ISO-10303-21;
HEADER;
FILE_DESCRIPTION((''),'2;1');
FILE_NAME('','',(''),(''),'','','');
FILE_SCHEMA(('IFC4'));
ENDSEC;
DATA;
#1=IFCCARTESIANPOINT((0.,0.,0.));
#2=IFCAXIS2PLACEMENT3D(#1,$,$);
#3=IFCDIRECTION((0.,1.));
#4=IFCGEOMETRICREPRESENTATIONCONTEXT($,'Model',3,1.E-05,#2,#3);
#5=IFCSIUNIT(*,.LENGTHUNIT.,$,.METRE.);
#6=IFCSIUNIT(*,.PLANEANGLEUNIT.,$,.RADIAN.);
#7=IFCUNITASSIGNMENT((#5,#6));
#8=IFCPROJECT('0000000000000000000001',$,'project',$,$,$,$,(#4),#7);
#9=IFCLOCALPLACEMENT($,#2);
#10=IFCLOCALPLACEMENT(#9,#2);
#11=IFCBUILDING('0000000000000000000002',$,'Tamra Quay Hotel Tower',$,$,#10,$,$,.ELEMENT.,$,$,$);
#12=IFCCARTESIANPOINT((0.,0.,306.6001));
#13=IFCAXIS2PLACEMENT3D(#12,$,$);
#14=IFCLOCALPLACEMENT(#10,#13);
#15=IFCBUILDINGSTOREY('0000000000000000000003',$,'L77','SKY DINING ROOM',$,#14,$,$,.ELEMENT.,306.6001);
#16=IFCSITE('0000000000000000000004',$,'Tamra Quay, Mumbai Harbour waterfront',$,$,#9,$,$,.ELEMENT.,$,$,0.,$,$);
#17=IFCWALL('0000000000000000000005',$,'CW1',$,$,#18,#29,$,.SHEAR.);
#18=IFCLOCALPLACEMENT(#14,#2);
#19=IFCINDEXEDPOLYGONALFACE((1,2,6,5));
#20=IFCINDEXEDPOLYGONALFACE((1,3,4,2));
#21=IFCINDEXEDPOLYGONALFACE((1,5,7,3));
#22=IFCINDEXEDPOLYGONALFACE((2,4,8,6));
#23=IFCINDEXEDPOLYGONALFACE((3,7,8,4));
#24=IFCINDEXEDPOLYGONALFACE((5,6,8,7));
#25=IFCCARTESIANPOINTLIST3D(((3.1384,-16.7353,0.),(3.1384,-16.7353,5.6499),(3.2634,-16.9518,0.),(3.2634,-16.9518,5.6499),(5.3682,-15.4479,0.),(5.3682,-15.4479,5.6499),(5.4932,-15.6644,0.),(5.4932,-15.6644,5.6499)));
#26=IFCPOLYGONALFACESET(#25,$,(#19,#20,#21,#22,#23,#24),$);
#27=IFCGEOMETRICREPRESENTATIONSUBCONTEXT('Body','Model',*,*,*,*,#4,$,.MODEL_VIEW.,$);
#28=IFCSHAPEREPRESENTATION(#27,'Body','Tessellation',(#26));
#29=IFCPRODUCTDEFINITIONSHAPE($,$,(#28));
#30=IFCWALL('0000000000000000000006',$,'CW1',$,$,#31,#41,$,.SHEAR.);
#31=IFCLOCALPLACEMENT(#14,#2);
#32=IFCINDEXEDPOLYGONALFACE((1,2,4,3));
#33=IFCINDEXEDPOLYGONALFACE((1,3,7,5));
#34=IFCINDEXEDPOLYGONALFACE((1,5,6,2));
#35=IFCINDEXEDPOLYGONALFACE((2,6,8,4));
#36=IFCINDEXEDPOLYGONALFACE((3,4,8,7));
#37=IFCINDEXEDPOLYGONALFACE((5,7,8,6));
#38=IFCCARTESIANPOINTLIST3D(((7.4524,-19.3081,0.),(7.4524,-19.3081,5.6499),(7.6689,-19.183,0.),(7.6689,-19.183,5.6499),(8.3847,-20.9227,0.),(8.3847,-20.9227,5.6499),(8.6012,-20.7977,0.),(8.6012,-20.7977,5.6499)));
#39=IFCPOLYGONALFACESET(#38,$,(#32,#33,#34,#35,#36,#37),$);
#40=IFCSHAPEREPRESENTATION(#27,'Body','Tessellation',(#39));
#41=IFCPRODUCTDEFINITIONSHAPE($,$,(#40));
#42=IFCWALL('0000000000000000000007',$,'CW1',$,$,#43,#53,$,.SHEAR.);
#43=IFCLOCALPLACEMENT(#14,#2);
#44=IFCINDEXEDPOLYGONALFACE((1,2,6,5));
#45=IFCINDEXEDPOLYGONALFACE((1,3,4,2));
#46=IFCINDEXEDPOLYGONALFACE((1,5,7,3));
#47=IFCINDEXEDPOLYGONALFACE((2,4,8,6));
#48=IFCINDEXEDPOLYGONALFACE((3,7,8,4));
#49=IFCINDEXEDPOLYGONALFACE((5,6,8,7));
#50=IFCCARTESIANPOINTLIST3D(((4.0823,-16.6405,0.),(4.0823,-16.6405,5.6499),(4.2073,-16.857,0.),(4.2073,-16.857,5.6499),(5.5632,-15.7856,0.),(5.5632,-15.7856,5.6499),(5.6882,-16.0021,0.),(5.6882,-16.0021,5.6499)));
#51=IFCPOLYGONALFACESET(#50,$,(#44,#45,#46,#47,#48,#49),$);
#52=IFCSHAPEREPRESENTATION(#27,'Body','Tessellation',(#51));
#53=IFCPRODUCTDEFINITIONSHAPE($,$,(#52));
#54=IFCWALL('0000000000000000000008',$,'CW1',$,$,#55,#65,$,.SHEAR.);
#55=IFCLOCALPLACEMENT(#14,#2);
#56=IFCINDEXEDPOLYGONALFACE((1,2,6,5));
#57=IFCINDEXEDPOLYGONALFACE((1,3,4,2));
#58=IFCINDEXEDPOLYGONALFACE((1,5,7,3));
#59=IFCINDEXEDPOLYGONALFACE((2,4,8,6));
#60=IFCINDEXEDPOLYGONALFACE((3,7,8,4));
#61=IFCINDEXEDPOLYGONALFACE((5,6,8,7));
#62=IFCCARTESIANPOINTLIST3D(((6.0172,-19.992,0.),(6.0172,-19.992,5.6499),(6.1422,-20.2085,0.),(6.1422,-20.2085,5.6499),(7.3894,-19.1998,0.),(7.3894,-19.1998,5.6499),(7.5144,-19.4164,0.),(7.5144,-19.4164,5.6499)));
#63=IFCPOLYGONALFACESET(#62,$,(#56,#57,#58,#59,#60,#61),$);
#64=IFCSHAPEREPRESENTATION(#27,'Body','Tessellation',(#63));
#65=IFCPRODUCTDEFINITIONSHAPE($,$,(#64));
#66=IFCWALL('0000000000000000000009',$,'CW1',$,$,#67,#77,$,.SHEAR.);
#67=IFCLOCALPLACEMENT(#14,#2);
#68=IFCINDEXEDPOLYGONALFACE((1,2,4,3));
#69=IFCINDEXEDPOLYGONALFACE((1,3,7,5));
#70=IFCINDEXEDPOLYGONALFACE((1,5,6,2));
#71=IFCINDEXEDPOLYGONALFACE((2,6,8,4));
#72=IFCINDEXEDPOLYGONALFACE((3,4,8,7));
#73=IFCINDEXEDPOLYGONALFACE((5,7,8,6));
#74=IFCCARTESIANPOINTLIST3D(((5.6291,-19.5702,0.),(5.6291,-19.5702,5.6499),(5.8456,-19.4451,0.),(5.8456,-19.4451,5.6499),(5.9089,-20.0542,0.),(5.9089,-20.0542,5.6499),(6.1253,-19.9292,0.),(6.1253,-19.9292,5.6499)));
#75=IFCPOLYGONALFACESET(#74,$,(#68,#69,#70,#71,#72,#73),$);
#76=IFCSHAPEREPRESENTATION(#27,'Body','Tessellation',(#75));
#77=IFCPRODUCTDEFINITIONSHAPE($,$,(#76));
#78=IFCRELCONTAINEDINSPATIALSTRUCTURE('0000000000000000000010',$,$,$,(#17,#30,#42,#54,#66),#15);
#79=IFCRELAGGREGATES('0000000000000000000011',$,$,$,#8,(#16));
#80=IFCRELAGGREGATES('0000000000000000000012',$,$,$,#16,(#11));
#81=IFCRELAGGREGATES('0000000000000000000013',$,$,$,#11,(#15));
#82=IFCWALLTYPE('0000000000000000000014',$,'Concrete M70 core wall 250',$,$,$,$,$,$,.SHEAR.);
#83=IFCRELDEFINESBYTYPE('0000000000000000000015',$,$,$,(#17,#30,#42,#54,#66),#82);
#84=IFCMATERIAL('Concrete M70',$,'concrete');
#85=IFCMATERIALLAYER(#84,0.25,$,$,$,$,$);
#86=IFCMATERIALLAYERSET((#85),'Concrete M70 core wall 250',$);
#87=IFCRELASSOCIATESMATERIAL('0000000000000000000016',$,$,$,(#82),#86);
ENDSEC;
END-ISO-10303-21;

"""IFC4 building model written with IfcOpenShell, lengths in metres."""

from ifc_helpers import new_model, si_unit, direction, frame, frame_2d, origin, place, context, subcontext, project, spatial, rectangle, extrude, material, layer, layer_set, type_object, element, save


model = new_model("IFC4")

# Units and contexts
model_context = context("Model", 3, precision=1e-05, world=origin(), true_north=direction((0.0, 1.0)))
body_context = subcontext(model_context, "Body", "Model", "MODEL_VIEW")
ifc_project = project(units=[si_unit("LENGTHUNIT", "METRE"), si_unit("PLANEANGLEUNIT", "RADIAN")], contexts=[model_context])

# Site, building, storey
site_placement = place(None, origin())
site = spatial("IfcSite", under=ifc_project, at=site_placement, Name="Tamra Quay, Mumbai Harbour waterfront", CompositionType="ELEMENT", RefElevation=0.0)
building_placement = place(site_placement, origin())
building = spatial("IfcBuilding", under=site, at=building_placement, Name="Tamra Quay Hotel Tower", CompositionType="ELEMENT")
storey_placement = place(building_placement, frame((0.0, 0.0, 306.6001)))
storey = spatial("IfcBuildingStorey", under=building, at=storey_placement, Name="L77", Description="SKY DINING ROOM", CompositionType="ELEMENT", Elevation=306.6001)

# Shared definitions
ifc_material_1 = material(Name="Concrete M70", Category="concrete")

# Walls
ifc_layer_1 = layer(ifc_material_1, 0.25)
ifc_layer_set_1 = layer_set([ifc_layer_1], Name="Concrete M70 core wall 250")
wall_type_1 = type_object("IfcWallType", Name="Concrete M70 core wall 250", PredefinedType="SHEAR", material=ifc_layer_set_1)
wall_1_placement = place(storey_placement, frame((5.4307, -15.5562, 0.0), z_axis=(0.0, 0.0, 1.0), x_axis=(-0.866023, -0.500004, 0.0)))
element("IfcWall", 1, at=wall_1_placement, inside=storey, type_object=wall_type_1, Name="CW1", PredefinedType="SHEAR", context=body_context, shape_type="SweptSolid", body=[
    extrude(rectangle(XDim=2.5747, YDim=0.25, at=frame_2d((1.2874, 0.0))), origin(), (0.0, 0.0, 1.0), 5.6499),
])
wall_2_placement = place(storey_placement, frame((8.4929, -20.8601, 0.0), z_axis=(0.0, 0.0, 1.0), x_axis=(-0.50004, 0.866002, 0.0)))
element("IfcWall", 2, at=wall_2_placement, inside=storey, type_object=wall_type_1, Name="CW1", PredefinedType="SHEAR", context=body_context, shape_type="SweptSolid", body=[
    extrude(rectangle(XDim=1.8645, YDim=0.25, at=frame_2d((0.9321, 0.0))), origin(), (0.0, 0.0, 1.0), 5.6499),
])
wall_3_placement = place(storey_placement, frame((4.1448, -16.7488, 0.0), z_axis=(0.0, 0.0, 1.0), x_axis=(0.866038, 0.499978, 0.0)))
element("IfcWall", 3, at=wall_3_placement, inside=storey, type_object=wall_type_1, Name="CW1", PredefinedType="SHEAR", context=body_context, shape_type="SweptSolid", body=[
    extrude(rectangle(XDim=1.71, YDim=0.25, at=frame_2d((0.855, 0.0))), origin(), (0.0, 0.0, 1.0), 5.6499),
])
wall_4_placement = place(storey_placement, frame((7.4519, -19.3081, 0.0), z_axis=(0.0, 0.0, 1.0), x_axis=(-0.866044, -0.499967, 0.0)))
element("IfcWall", 4, at=wall_4_placement, inside=storey, type_object=wall_type_1, Name="CW1", PredefinedType="SHEAR", context=body_context, shape_type="SweptSolid", body=[
    extrude(rectangle(XDim=1.5845, YDim=0.25, at=frame_2d((0.7922, 0.0))), origin(), (0.0, 0.0, 1.0), 5.6499),
])
wall_5_placement = place(storey_placement, frame((6.0171, -19.9917, 0.0), z_axis=(0.0, 0.0, 1.0), x_axis=(-0.500365, 0.865815, 0.0)))
element("IfcWall", 5, at=wall_5_placement, inside=storey, type_object=wall_type_1, Name="CW1", PredefinedType="SHEAR", context=body_context, shape_type="SweptSolid", body=[
    extrude(rectangle(XDim=0.5591, YDim=0.25, at=frame_2d((0.2795, 0.0))), origin(), (0.0, 0.0, 1.0), 5.6499),
])

save(model, "model.ifc")
